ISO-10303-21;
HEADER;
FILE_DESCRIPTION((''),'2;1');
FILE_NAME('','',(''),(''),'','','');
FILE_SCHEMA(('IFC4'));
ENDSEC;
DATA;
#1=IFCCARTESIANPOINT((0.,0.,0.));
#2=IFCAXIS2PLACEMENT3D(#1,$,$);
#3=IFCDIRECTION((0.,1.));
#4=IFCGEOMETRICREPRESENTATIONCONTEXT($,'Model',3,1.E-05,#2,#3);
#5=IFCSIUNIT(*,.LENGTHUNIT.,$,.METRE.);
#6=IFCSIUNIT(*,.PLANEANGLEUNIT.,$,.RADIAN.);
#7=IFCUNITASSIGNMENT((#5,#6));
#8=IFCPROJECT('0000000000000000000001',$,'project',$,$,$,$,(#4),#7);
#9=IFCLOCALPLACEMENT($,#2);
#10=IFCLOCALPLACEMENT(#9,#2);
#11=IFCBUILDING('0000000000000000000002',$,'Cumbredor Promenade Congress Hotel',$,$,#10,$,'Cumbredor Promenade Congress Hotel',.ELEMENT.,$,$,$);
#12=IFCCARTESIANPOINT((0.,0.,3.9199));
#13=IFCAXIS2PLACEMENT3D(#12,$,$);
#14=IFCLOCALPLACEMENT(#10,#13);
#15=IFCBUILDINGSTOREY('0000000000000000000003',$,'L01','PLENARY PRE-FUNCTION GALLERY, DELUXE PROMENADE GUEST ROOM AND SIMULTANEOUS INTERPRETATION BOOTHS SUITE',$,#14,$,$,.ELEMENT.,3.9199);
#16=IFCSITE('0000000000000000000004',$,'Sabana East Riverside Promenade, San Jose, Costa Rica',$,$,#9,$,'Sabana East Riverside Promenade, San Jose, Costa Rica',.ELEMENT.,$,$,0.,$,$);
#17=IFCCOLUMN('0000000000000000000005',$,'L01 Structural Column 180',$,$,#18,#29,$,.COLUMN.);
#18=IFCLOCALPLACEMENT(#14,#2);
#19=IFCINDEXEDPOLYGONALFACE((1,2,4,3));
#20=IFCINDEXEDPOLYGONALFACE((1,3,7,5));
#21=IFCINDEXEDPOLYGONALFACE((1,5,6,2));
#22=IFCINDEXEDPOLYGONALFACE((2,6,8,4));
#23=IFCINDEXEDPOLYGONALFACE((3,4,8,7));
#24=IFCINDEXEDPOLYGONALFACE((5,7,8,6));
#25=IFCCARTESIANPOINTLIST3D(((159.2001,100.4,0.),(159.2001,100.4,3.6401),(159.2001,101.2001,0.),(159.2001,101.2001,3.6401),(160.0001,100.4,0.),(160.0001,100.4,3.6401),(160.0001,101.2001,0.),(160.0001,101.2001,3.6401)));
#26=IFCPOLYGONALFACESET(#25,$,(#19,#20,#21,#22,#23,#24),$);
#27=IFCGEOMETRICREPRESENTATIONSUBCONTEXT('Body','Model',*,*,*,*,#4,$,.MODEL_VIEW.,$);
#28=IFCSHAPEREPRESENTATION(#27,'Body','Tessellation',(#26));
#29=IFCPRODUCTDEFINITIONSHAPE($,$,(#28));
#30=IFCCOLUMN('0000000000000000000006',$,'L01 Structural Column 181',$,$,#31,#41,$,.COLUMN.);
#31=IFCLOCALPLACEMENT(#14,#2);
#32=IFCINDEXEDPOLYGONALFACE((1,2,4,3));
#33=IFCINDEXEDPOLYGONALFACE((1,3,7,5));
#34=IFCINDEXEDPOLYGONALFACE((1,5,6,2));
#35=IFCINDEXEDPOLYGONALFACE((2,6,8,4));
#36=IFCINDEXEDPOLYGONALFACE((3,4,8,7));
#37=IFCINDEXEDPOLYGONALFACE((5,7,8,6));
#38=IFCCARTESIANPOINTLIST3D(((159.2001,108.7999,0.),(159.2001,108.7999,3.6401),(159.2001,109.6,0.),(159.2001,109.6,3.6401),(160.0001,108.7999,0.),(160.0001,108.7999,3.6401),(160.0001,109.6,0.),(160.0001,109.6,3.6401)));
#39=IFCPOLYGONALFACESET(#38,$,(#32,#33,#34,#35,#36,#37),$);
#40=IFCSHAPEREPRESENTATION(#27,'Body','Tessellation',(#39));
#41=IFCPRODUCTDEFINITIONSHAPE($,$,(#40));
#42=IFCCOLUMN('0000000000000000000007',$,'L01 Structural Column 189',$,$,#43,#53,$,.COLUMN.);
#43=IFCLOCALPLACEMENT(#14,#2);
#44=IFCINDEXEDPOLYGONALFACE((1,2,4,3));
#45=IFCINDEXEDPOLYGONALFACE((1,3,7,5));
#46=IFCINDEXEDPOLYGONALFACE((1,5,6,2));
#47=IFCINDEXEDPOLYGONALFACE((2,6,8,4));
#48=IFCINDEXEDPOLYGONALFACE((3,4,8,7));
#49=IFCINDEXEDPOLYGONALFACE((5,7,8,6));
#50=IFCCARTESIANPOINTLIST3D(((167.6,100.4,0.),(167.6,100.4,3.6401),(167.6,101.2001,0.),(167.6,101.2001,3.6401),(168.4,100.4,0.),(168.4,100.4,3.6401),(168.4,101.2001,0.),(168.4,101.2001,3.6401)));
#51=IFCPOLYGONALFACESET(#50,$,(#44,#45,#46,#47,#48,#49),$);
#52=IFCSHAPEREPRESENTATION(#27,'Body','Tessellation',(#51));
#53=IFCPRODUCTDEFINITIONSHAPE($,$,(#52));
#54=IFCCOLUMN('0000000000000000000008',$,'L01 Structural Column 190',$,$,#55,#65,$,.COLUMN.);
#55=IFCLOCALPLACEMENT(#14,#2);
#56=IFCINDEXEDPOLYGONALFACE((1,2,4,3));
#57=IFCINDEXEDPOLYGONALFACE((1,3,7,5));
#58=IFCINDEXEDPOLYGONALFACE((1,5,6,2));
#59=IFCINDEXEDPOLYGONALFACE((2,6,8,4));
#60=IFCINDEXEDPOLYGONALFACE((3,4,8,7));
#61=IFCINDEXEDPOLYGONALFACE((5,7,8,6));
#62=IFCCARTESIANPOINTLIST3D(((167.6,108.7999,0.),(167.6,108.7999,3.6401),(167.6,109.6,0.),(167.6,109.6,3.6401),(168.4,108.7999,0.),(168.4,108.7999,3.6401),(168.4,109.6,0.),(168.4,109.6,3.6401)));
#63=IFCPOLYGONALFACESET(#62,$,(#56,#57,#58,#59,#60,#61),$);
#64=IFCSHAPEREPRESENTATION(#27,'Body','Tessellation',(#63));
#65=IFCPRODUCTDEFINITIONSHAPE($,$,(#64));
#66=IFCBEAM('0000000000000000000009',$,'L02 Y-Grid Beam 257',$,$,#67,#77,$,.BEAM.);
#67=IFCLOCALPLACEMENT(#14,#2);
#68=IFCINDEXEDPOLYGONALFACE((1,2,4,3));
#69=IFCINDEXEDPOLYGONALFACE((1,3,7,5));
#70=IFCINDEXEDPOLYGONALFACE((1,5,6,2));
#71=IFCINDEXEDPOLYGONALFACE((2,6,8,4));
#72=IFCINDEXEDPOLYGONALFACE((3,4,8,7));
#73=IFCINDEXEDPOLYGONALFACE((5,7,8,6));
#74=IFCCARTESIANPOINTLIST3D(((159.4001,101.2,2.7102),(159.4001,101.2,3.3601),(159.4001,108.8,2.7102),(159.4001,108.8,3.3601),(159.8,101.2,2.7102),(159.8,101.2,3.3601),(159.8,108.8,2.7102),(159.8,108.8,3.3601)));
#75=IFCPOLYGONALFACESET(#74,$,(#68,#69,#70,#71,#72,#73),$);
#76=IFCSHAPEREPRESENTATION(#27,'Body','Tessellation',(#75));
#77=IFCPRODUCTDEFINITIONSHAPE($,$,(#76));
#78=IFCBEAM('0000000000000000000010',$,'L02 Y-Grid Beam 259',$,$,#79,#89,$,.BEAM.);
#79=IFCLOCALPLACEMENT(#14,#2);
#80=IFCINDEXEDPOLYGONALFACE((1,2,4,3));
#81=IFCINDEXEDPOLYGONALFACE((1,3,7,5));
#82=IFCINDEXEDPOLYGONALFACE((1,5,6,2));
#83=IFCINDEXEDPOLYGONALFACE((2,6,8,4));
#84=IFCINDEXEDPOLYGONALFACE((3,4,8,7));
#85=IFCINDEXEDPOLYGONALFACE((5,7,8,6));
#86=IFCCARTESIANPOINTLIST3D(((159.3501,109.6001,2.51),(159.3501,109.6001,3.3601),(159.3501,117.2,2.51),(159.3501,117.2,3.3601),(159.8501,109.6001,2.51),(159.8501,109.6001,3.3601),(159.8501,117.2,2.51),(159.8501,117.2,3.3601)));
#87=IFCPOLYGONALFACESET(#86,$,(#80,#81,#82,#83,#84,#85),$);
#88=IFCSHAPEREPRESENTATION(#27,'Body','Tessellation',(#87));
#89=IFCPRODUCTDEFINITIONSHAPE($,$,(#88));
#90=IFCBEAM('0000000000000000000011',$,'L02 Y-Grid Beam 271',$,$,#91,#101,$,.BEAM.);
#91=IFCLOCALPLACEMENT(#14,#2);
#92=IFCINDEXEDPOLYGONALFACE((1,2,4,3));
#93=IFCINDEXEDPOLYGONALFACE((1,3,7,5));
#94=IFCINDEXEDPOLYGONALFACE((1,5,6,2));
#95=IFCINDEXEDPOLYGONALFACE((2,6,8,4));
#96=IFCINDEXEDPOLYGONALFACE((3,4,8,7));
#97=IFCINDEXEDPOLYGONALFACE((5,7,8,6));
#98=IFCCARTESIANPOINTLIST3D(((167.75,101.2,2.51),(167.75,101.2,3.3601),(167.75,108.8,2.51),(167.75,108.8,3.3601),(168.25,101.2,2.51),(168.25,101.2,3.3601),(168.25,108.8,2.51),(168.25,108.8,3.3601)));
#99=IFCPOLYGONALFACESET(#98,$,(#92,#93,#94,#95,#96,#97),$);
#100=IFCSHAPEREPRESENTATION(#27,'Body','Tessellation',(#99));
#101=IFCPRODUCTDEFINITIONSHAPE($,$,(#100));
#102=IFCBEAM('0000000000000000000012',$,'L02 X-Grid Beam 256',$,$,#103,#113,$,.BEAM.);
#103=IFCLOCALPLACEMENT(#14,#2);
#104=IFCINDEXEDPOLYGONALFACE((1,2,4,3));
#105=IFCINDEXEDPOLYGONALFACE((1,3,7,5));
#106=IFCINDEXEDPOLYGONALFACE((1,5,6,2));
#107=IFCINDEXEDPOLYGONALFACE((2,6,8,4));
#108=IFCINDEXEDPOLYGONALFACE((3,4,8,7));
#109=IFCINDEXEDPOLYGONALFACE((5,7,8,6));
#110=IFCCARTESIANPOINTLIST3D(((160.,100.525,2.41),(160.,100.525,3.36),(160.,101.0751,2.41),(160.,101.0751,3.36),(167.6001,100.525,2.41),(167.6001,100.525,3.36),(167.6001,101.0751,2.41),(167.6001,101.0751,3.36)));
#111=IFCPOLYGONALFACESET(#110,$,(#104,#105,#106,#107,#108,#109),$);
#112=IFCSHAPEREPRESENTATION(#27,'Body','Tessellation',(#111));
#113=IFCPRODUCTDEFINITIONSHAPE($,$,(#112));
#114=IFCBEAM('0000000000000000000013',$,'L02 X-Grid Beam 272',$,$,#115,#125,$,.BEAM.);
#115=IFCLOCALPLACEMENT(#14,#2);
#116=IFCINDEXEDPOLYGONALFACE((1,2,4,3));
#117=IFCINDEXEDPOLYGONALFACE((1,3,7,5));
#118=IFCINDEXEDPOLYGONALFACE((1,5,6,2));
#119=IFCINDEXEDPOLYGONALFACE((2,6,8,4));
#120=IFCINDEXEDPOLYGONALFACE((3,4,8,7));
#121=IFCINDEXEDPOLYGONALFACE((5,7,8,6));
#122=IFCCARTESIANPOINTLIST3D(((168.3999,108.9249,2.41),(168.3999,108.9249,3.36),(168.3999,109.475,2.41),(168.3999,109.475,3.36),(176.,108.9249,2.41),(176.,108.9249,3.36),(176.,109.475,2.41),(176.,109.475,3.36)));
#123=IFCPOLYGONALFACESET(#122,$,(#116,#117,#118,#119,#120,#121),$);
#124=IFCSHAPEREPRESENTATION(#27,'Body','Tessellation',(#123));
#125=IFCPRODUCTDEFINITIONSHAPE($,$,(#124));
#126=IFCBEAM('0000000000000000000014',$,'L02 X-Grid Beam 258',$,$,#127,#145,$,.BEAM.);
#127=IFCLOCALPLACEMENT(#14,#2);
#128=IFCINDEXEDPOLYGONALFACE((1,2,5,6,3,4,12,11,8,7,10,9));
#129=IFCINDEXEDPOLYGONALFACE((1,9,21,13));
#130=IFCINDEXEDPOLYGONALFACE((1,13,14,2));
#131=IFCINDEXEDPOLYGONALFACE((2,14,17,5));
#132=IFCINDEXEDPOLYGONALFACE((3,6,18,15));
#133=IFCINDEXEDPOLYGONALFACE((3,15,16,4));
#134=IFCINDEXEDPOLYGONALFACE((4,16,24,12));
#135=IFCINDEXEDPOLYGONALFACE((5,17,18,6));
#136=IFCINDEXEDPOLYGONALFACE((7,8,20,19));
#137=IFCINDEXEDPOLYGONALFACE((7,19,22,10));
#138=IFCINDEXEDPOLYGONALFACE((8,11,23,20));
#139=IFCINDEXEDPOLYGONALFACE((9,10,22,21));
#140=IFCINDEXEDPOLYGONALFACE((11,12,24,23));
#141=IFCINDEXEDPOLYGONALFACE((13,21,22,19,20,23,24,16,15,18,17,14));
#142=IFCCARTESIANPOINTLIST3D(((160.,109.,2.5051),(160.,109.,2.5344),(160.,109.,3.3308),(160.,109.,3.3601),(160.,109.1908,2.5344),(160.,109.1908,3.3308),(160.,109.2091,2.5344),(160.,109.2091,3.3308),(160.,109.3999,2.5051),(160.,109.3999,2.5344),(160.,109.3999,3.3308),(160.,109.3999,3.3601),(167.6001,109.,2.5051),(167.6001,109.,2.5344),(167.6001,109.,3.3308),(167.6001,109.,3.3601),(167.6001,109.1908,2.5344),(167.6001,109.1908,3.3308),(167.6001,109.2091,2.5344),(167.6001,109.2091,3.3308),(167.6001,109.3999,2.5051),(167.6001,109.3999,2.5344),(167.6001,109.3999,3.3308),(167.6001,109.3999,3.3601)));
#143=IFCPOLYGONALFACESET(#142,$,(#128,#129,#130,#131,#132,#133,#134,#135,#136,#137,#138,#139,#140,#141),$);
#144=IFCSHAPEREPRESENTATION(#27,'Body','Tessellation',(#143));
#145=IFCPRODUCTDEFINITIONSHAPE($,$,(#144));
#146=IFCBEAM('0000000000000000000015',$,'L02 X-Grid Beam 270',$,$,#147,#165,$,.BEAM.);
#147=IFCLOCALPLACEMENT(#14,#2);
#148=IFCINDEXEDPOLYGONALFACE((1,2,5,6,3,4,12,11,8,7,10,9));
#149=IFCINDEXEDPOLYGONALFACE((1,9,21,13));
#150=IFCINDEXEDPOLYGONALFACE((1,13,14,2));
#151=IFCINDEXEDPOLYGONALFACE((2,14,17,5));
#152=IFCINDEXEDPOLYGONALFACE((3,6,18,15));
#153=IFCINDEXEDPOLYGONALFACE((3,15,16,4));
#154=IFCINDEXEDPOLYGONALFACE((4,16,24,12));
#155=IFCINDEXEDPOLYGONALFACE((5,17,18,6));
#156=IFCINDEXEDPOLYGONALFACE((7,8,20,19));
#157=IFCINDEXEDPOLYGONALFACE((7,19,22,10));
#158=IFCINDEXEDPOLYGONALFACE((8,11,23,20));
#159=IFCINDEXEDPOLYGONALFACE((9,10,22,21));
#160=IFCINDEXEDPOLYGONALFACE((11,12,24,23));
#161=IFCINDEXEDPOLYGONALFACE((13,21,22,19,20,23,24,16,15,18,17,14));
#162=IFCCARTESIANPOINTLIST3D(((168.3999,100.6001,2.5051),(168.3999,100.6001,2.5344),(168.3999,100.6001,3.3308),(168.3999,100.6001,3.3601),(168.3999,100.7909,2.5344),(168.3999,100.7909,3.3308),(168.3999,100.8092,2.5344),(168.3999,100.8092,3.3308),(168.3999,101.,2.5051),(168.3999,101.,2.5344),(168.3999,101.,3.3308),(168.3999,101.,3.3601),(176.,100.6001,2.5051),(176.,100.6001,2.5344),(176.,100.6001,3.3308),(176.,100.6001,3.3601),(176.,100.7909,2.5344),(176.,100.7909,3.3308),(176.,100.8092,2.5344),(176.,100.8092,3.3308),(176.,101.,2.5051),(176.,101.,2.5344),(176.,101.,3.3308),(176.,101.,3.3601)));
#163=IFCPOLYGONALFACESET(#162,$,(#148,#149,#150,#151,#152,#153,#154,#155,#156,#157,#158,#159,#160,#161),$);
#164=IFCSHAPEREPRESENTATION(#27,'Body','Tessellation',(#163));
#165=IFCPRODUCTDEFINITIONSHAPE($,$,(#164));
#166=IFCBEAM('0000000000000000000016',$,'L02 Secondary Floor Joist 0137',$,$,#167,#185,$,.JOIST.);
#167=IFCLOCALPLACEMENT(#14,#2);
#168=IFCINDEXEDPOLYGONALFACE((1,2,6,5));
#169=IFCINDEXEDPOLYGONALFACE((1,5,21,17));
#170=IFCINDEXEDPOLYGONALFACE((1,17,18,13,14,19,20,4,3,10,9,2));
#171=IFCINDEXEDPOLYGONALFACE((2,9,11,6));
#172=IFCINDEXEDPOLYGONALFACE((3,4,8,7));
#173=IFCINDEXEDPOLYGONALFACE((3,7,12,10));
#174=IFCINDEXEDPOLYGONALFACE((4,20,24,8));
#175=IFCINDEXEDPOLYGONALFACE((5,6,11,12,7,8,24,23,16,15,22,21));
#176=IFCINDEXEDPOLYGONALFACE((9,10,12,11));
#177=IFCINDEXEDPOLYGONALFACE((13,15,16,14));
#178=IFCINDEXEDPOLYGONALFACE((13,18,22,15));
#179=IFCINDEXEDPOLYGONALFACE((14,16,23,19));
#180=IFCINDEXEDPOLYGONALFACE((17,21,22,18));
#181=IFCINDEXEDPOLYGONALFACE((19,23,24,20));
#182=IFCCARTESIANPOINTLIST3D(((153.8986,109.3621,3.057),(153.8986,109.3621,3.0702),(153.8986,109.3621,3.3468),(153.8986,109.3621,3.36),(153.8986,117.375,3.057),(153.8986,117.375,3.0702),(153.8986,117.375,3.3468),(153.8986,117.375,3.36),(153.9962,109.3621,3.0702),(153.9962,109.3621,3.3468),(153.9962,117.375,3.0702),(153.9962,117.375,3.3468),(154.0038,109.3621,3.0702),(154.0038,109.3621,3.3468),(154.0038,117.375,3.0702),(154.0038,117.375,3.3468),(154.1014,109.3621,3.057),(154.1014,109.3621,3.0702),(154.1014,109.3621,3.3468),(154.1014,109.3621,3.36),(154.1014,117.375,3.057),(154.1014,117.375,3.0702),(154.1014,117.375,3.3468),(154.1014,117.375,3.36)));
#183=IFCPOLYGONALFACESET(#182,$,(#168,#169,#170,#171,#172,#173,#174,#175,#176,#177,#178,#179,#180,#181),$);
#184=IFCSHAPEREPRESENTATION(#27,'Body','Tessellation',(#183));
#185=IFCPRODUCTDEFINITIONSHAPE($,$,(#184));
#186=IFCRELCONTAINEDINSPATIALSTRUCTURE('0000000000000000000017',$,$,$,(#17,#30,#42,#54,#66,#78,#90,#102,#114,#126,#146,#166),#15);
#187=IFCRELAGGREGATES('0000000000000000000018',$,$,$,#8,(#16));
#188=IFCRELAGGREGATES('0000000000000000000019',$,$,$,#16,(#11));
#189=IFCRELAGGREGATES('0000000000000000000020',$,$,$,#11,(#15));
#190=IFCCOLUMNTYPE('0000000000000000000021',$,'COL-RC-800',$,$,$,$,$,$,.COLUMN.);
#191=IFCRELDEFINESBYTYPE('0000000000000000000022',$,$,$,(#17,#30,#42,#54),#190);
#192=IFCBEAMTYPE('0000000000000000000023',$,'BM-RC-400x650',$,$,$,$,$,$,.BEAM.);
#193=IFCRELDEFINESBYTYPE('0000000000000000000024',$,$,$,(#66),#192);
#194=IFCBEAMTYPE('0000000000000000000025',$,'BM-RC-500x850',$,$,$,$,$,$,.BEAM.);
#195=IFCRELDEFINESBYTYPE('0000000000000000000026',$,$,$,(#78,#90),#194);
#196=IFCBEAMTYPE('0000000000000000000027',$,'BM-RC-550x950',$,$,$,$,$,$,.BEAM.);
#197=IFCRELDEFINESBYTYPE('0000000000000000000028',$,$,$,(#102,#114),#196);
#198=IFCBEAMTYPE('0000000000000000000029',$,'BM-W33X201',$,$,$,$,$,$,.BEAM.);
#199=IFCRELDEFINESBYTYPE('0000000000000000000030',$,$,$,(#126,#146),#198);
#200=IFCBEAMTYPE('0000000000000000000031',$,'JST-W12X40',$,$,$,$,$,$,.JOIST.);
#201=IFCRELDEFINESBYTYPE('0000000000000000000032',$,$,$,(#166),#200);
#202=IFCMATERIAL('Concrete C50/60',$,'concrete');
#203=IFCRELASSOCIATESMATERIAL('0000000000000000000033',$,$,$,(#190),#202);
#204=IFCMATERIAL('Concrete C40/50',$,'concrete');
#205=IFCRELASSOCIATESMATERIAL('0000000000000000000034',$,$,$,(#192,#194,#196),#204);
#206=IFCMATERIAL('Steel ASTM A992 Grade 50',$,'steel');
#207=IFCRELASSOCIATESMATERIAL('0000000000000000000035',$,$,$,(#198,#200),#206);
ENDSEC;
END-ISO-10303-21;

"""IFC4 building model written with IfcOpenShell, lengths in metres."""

from ifc_helpers import new_model, si_unit, direction, frame, origin, origin_2d, place, context, subcontext, project, spatial, rectangle, i_section, extrude, material, material_profile, profile_set, type_object, element, save


model = new_model("IFC4")

# Units and contexts
model_context = context("Model", 3, precision=1e-05, world=origin(), true_north=direction((0.0, 1.0)))
body_context = subcontext(model_context, "Body", "Model", "MODEL_VIEW")
ifc_project = project(units=[si_unit("LENGTHUNIT", "METRE"), si_unit("PLANEANGLEUNIT", "RADIAN")], contexts=[model_context])

# Site, building, storey
site_placement = place(None, origin())
site = spatial("IfcSite", under=ifc_project, at=site_placement, Name="Sabana East Riverside Promenade, San Jose, Costa Rica", LongName="Sabana East Riverside Promenade, San Jose, Costa Rica", CompositionType="ELEMENT", RefElevation=0.0)
building_placement = place(site_placement, origin())
building = spatial("IfcBuilding", under=site, at=building_placement, Name="Cumbredor Promenade Congress Hotel", LongName="Cumbredor Promenade Congress Hotel", CompositionType="ELEMENT")
storey_placement = place(building_placement, frame((0.0, 0.0, 3.9199)))
storey = spatial("IfcBuildingStorey", under=building, at=storey_placement, Name="L01", Description="PLENARY PRE-FUNCTION GALLERY, DELUXE PROMENADE GUEST ROOM AND SIMULTANEOUS INTERPRETATION BOOTHS SUITE", CompositionType="ELEMENT", Elevation=3.9199)

# Columns
ifc_material_1 = material(Name="Concrete C50/60", Category="concrete")
ifc_material_profile_1 = material_profile(ifc_material_1, rectangle(XDim=0.8, YDim=0.8, at=origin_2d()), Name="RC 800x800")
ifc_profile_set_1 = profile_set([ifc_material_profile_1], Name="Concrete C50/60")
column_type = type_object("IfcColumnType", Name="COL-RC-800", PredefinedType="COLUMN", material=ifc_profile_set_1)
for number, where, z_axis, x_axis, name in (
    (1, (159.6001, 100.8, 0.0), (0.0, 0.0, 1.0), (1.0, 0.0, 0.0), "L01 Structural Column 180"),
    (2, (159.6001, 109.2, 0.0), (0.0, 0.0, 1.0), (1.0, 0.0, 0.0), "L01 Structural Column 181"),
    (3, (168.0, 100.8, 0.0), (0.0, 0.0, 1.0), (1.0, 0.0, 0.0), "L01 Structural Column 189"),
    (4, (168.0, 109.2, 0.0), (0.0, 0.0, 1.0), (1.0, 0.0, 0.0), "L01 Structural Column 190"),
):
    element("IfcColumn", number, at=place(storey_placement, frame(where, z_axis=z_axis, x_axis=x_axis)), inside=storey, type_object=column_type, Name=name, PredefinedType="COLUMN", context=body_context, shape_type="SweptSolid", body=[
        extrude(rectangle(XDim=0.8, YDim=0.8, at=origin_2d()), origin(), (0.0, 0.0, 1.0), 3.6401),
    ])

# Beams
ifc_material_2 = material(Name="Concrete C40/50", Category="concrete")
ifc_material_profile_2 = material_profile(ifc_material_2, rectangle(XDim=0.3999, YDim=0.6499, at=origin_2d()), Name="RC BEAM 400x650")
ifc_profile_set_2 = profile_set([ifc_material_profile_2], Name="Concrete C40/50")
beam_type_1 = type_object("IfcBeamType", Name="BM-RC-400x650", PredefinedType="BEAM", material=ifc_profile_set_2)
beam_1_placement = place(storey_placement, frame((159.6001, 101.2, 3.0352), z_axis=(0.0, 1.0, 0.0), x_axis=(-1.0, 0.0, 0.0)))
element("IfcBeam", 5, at=beam_1_placement, inside=storey, type_object=beam_type_1, Name="L02 Y-Grid Beam 257", PredefinedType="BEAM", context=body_context, shape_type="SweptSolid", body=[
    extrude(rectangle(XDim=0.3999, YDim=0.6499, at=origin_2d()), origin(), (0.0, 0.0, 1.0), 7.6001),
])
ifc_material_profile_3 = material_profile(ifc_material_2, rectangle(XDim=0.5, YDim=0.8501, at=origin_2d()), Name="RC BEAM 500x850")
ifc_profile_set_3 = profile_set([ifc_material_profile_3], Name="Concrete C40/50")
beam_type_2 = type_object("IfcBeamType", Name="BM-RC-500x850", PredefinedType="BEAM", material=ifc_profile_set_3)
beam_2_placement = place(storey_placement, frame((159.6001, 109.6001, 2.9351), z_axis=(0.0, 1.0, 0.0), x_axis=(-1.0, 0.0, 0.0)))
element("IfcBeam", 6, at=beam_2_placement, inside=storey, type_object=beam_type_2, Name="L02 Y-Grid Beam 259", PredefinedType="BEAM", context=body_context, shape_type="SweptSolid", body=[
    extrude(rectangle(XDim=0.5, YDim=0.8501, at=origin_2d()), origin(), (0.0, 0.0, 1.0), 7.5999),
])
beam_3_placement = place(storey_placement, frame((168.0, 101.2, 2.9351), z_axis=(0.0, 1.0, 0.0), x_axis=(-1.0, 0.0, 0.0)))
element("IfcBeam", 7, at=beam_3_placement, inside=storey, type_object=beam_type_2, Name="L02 Y-Grid Beam 271", PredefinedType="BEAM", context=body_context, shape_type="SweptSolid", body=[
    extrude(rectangle(XDim=0.5, YDim=0.8501, at=origin_2d()), origin(), (0.0, 0.0, 1.0), 7.6001),
])
ifc_material_profile_4 = material_profile(ifc_material_2, rectangle(XDim=0.55, YDim=0.95, at=origin_2d()), Name="RC BEAM 550x950")
ifc_profile_set_4 = profile_set([ifc_material_profile_4], Name="Concrete C40/50")
beam_type_3 = type_object("IfcBeamType", Name="BM-RC-550x950", PredefinedType="BEAM", material=ifc_profile_set_4)
for number, where, z_axis, x_axis, name in (
    (8, (160.0, 100.8, 2.885), (1.0, 0.0, 0.0), (0.0, 1.0, 0.0), "L02 X-Grid Beam 256"),
    (9, (168.3999, 109.2, 2.885), (1.0, 0.0, 0.0), (0.0, 1.0, 0.0), "L02 X-Grid Beam 272"),
):
    element("IfcBeam", number, at=place(storey_placement, frame(where, z_axis=z_axis, x_axis=x_axis)), inside=storey, type_object=beam_type_3, Name=name, PredefinedType="BEAM", context=body_context, shape_type="SweptSolid", body=[
        extrude(rectangle(XDim=0.55, YDim=0.95, at=origin_2d()), origin(), (0.0, 0.0, 1.0), 7.6001),
    ])
ifc_material_3 = material(Name="Steel ASTM A992 Grade 50", Category="steel")
ifc_material_profile_5 = material_profile(ifc_material_3, i_section(OverallWidth=0.3999, OverallDepth=0.855, WebThickness=0.0183, FlangeThickness=0.0293, at=origin_2d()), Name="W33X201")
ifc_profile_set_5 = profile_set([ifc_material_profile_5], Name="Steel ASTM A992 Grade 50")
beam_type_4 = type_object("IfcBeamType", Name="BM-W33X201", PredefinedType="BEAM", material=ifc_profile_set_5)
for number, where, z_axis, x_axis, name in (
    (10, (160.0, 109.2, 2.9326), (1.0, 0.0, 0.0), (0.0, 1.0, 0.0), "L02 X-Grid Beam 258"),
    (11, (168.3999, 100.8, 2.9326), (1.0, 0.0, 0.0), (0.0, 1.0, 0.0), "L02 X-Grid Beam 270"),
):
    element("IfcBeam", number, at=place(storey_placement, frame(where, z_axis=z_axis, x_axis=x_axis)), inside=storey, type_object=beam_type_4, Name=name, PredefinedType="BEAM", context=body_context, shape_type="SweptSolid", body=[
        extrude(i_section(OverallWidth=0.3999, OverallDepth=0.855, WebThickness=0.0183, FlangeThickness=0.0293, at=origin_2d()), origin(), (0.0, 0.0, 1.0), 7.6001),
    ])
ifc_material_profile_6 = material_profile(ifc_material_3, i_section(OverallWidth=0.2029, OverallDepth=0.303, WebThickness=0.0076, FlangeThickness=0.0132, at=origin_2d()), Name="W12X40")
ifc_profile_set_6 = profile_set([ifc_material_profile_6], Name="Steel ASTM A992 Grade 50")
beam_type_5 = type_object("IfcBeamType", Name="JST-W12X40", PredefinedType="JOIST", material=ifc_profile_set_6)
for number, where, z_axis, x_axis, name in (
    (12, (154.0, 109.3621, 3.2085), (0.0, 1.0, 0.0), (-1.0, 0.0, 0.0), "L02 Secondary Floor Joist 0137"),
):
    element("IfcBeam", number, at=place(storey_placement, frame(where, z_axis=z_axis, x_axis=x_axis)), inside=storey, type_object=beam_type_5, Name=name, PredefinedType="JOIST", context=body_context, shape_type="SweptSolid", body=[
        extrude(i_section(OverallWidth=0.2029, OverallDepth=0.303, WebThickness=0.0076, FlangeThickness=0.0132, at=origin_2d()), origin(), (0.0, 0.0, 1.0), 8.0129),
    ])

save(model, "model.ifc")
